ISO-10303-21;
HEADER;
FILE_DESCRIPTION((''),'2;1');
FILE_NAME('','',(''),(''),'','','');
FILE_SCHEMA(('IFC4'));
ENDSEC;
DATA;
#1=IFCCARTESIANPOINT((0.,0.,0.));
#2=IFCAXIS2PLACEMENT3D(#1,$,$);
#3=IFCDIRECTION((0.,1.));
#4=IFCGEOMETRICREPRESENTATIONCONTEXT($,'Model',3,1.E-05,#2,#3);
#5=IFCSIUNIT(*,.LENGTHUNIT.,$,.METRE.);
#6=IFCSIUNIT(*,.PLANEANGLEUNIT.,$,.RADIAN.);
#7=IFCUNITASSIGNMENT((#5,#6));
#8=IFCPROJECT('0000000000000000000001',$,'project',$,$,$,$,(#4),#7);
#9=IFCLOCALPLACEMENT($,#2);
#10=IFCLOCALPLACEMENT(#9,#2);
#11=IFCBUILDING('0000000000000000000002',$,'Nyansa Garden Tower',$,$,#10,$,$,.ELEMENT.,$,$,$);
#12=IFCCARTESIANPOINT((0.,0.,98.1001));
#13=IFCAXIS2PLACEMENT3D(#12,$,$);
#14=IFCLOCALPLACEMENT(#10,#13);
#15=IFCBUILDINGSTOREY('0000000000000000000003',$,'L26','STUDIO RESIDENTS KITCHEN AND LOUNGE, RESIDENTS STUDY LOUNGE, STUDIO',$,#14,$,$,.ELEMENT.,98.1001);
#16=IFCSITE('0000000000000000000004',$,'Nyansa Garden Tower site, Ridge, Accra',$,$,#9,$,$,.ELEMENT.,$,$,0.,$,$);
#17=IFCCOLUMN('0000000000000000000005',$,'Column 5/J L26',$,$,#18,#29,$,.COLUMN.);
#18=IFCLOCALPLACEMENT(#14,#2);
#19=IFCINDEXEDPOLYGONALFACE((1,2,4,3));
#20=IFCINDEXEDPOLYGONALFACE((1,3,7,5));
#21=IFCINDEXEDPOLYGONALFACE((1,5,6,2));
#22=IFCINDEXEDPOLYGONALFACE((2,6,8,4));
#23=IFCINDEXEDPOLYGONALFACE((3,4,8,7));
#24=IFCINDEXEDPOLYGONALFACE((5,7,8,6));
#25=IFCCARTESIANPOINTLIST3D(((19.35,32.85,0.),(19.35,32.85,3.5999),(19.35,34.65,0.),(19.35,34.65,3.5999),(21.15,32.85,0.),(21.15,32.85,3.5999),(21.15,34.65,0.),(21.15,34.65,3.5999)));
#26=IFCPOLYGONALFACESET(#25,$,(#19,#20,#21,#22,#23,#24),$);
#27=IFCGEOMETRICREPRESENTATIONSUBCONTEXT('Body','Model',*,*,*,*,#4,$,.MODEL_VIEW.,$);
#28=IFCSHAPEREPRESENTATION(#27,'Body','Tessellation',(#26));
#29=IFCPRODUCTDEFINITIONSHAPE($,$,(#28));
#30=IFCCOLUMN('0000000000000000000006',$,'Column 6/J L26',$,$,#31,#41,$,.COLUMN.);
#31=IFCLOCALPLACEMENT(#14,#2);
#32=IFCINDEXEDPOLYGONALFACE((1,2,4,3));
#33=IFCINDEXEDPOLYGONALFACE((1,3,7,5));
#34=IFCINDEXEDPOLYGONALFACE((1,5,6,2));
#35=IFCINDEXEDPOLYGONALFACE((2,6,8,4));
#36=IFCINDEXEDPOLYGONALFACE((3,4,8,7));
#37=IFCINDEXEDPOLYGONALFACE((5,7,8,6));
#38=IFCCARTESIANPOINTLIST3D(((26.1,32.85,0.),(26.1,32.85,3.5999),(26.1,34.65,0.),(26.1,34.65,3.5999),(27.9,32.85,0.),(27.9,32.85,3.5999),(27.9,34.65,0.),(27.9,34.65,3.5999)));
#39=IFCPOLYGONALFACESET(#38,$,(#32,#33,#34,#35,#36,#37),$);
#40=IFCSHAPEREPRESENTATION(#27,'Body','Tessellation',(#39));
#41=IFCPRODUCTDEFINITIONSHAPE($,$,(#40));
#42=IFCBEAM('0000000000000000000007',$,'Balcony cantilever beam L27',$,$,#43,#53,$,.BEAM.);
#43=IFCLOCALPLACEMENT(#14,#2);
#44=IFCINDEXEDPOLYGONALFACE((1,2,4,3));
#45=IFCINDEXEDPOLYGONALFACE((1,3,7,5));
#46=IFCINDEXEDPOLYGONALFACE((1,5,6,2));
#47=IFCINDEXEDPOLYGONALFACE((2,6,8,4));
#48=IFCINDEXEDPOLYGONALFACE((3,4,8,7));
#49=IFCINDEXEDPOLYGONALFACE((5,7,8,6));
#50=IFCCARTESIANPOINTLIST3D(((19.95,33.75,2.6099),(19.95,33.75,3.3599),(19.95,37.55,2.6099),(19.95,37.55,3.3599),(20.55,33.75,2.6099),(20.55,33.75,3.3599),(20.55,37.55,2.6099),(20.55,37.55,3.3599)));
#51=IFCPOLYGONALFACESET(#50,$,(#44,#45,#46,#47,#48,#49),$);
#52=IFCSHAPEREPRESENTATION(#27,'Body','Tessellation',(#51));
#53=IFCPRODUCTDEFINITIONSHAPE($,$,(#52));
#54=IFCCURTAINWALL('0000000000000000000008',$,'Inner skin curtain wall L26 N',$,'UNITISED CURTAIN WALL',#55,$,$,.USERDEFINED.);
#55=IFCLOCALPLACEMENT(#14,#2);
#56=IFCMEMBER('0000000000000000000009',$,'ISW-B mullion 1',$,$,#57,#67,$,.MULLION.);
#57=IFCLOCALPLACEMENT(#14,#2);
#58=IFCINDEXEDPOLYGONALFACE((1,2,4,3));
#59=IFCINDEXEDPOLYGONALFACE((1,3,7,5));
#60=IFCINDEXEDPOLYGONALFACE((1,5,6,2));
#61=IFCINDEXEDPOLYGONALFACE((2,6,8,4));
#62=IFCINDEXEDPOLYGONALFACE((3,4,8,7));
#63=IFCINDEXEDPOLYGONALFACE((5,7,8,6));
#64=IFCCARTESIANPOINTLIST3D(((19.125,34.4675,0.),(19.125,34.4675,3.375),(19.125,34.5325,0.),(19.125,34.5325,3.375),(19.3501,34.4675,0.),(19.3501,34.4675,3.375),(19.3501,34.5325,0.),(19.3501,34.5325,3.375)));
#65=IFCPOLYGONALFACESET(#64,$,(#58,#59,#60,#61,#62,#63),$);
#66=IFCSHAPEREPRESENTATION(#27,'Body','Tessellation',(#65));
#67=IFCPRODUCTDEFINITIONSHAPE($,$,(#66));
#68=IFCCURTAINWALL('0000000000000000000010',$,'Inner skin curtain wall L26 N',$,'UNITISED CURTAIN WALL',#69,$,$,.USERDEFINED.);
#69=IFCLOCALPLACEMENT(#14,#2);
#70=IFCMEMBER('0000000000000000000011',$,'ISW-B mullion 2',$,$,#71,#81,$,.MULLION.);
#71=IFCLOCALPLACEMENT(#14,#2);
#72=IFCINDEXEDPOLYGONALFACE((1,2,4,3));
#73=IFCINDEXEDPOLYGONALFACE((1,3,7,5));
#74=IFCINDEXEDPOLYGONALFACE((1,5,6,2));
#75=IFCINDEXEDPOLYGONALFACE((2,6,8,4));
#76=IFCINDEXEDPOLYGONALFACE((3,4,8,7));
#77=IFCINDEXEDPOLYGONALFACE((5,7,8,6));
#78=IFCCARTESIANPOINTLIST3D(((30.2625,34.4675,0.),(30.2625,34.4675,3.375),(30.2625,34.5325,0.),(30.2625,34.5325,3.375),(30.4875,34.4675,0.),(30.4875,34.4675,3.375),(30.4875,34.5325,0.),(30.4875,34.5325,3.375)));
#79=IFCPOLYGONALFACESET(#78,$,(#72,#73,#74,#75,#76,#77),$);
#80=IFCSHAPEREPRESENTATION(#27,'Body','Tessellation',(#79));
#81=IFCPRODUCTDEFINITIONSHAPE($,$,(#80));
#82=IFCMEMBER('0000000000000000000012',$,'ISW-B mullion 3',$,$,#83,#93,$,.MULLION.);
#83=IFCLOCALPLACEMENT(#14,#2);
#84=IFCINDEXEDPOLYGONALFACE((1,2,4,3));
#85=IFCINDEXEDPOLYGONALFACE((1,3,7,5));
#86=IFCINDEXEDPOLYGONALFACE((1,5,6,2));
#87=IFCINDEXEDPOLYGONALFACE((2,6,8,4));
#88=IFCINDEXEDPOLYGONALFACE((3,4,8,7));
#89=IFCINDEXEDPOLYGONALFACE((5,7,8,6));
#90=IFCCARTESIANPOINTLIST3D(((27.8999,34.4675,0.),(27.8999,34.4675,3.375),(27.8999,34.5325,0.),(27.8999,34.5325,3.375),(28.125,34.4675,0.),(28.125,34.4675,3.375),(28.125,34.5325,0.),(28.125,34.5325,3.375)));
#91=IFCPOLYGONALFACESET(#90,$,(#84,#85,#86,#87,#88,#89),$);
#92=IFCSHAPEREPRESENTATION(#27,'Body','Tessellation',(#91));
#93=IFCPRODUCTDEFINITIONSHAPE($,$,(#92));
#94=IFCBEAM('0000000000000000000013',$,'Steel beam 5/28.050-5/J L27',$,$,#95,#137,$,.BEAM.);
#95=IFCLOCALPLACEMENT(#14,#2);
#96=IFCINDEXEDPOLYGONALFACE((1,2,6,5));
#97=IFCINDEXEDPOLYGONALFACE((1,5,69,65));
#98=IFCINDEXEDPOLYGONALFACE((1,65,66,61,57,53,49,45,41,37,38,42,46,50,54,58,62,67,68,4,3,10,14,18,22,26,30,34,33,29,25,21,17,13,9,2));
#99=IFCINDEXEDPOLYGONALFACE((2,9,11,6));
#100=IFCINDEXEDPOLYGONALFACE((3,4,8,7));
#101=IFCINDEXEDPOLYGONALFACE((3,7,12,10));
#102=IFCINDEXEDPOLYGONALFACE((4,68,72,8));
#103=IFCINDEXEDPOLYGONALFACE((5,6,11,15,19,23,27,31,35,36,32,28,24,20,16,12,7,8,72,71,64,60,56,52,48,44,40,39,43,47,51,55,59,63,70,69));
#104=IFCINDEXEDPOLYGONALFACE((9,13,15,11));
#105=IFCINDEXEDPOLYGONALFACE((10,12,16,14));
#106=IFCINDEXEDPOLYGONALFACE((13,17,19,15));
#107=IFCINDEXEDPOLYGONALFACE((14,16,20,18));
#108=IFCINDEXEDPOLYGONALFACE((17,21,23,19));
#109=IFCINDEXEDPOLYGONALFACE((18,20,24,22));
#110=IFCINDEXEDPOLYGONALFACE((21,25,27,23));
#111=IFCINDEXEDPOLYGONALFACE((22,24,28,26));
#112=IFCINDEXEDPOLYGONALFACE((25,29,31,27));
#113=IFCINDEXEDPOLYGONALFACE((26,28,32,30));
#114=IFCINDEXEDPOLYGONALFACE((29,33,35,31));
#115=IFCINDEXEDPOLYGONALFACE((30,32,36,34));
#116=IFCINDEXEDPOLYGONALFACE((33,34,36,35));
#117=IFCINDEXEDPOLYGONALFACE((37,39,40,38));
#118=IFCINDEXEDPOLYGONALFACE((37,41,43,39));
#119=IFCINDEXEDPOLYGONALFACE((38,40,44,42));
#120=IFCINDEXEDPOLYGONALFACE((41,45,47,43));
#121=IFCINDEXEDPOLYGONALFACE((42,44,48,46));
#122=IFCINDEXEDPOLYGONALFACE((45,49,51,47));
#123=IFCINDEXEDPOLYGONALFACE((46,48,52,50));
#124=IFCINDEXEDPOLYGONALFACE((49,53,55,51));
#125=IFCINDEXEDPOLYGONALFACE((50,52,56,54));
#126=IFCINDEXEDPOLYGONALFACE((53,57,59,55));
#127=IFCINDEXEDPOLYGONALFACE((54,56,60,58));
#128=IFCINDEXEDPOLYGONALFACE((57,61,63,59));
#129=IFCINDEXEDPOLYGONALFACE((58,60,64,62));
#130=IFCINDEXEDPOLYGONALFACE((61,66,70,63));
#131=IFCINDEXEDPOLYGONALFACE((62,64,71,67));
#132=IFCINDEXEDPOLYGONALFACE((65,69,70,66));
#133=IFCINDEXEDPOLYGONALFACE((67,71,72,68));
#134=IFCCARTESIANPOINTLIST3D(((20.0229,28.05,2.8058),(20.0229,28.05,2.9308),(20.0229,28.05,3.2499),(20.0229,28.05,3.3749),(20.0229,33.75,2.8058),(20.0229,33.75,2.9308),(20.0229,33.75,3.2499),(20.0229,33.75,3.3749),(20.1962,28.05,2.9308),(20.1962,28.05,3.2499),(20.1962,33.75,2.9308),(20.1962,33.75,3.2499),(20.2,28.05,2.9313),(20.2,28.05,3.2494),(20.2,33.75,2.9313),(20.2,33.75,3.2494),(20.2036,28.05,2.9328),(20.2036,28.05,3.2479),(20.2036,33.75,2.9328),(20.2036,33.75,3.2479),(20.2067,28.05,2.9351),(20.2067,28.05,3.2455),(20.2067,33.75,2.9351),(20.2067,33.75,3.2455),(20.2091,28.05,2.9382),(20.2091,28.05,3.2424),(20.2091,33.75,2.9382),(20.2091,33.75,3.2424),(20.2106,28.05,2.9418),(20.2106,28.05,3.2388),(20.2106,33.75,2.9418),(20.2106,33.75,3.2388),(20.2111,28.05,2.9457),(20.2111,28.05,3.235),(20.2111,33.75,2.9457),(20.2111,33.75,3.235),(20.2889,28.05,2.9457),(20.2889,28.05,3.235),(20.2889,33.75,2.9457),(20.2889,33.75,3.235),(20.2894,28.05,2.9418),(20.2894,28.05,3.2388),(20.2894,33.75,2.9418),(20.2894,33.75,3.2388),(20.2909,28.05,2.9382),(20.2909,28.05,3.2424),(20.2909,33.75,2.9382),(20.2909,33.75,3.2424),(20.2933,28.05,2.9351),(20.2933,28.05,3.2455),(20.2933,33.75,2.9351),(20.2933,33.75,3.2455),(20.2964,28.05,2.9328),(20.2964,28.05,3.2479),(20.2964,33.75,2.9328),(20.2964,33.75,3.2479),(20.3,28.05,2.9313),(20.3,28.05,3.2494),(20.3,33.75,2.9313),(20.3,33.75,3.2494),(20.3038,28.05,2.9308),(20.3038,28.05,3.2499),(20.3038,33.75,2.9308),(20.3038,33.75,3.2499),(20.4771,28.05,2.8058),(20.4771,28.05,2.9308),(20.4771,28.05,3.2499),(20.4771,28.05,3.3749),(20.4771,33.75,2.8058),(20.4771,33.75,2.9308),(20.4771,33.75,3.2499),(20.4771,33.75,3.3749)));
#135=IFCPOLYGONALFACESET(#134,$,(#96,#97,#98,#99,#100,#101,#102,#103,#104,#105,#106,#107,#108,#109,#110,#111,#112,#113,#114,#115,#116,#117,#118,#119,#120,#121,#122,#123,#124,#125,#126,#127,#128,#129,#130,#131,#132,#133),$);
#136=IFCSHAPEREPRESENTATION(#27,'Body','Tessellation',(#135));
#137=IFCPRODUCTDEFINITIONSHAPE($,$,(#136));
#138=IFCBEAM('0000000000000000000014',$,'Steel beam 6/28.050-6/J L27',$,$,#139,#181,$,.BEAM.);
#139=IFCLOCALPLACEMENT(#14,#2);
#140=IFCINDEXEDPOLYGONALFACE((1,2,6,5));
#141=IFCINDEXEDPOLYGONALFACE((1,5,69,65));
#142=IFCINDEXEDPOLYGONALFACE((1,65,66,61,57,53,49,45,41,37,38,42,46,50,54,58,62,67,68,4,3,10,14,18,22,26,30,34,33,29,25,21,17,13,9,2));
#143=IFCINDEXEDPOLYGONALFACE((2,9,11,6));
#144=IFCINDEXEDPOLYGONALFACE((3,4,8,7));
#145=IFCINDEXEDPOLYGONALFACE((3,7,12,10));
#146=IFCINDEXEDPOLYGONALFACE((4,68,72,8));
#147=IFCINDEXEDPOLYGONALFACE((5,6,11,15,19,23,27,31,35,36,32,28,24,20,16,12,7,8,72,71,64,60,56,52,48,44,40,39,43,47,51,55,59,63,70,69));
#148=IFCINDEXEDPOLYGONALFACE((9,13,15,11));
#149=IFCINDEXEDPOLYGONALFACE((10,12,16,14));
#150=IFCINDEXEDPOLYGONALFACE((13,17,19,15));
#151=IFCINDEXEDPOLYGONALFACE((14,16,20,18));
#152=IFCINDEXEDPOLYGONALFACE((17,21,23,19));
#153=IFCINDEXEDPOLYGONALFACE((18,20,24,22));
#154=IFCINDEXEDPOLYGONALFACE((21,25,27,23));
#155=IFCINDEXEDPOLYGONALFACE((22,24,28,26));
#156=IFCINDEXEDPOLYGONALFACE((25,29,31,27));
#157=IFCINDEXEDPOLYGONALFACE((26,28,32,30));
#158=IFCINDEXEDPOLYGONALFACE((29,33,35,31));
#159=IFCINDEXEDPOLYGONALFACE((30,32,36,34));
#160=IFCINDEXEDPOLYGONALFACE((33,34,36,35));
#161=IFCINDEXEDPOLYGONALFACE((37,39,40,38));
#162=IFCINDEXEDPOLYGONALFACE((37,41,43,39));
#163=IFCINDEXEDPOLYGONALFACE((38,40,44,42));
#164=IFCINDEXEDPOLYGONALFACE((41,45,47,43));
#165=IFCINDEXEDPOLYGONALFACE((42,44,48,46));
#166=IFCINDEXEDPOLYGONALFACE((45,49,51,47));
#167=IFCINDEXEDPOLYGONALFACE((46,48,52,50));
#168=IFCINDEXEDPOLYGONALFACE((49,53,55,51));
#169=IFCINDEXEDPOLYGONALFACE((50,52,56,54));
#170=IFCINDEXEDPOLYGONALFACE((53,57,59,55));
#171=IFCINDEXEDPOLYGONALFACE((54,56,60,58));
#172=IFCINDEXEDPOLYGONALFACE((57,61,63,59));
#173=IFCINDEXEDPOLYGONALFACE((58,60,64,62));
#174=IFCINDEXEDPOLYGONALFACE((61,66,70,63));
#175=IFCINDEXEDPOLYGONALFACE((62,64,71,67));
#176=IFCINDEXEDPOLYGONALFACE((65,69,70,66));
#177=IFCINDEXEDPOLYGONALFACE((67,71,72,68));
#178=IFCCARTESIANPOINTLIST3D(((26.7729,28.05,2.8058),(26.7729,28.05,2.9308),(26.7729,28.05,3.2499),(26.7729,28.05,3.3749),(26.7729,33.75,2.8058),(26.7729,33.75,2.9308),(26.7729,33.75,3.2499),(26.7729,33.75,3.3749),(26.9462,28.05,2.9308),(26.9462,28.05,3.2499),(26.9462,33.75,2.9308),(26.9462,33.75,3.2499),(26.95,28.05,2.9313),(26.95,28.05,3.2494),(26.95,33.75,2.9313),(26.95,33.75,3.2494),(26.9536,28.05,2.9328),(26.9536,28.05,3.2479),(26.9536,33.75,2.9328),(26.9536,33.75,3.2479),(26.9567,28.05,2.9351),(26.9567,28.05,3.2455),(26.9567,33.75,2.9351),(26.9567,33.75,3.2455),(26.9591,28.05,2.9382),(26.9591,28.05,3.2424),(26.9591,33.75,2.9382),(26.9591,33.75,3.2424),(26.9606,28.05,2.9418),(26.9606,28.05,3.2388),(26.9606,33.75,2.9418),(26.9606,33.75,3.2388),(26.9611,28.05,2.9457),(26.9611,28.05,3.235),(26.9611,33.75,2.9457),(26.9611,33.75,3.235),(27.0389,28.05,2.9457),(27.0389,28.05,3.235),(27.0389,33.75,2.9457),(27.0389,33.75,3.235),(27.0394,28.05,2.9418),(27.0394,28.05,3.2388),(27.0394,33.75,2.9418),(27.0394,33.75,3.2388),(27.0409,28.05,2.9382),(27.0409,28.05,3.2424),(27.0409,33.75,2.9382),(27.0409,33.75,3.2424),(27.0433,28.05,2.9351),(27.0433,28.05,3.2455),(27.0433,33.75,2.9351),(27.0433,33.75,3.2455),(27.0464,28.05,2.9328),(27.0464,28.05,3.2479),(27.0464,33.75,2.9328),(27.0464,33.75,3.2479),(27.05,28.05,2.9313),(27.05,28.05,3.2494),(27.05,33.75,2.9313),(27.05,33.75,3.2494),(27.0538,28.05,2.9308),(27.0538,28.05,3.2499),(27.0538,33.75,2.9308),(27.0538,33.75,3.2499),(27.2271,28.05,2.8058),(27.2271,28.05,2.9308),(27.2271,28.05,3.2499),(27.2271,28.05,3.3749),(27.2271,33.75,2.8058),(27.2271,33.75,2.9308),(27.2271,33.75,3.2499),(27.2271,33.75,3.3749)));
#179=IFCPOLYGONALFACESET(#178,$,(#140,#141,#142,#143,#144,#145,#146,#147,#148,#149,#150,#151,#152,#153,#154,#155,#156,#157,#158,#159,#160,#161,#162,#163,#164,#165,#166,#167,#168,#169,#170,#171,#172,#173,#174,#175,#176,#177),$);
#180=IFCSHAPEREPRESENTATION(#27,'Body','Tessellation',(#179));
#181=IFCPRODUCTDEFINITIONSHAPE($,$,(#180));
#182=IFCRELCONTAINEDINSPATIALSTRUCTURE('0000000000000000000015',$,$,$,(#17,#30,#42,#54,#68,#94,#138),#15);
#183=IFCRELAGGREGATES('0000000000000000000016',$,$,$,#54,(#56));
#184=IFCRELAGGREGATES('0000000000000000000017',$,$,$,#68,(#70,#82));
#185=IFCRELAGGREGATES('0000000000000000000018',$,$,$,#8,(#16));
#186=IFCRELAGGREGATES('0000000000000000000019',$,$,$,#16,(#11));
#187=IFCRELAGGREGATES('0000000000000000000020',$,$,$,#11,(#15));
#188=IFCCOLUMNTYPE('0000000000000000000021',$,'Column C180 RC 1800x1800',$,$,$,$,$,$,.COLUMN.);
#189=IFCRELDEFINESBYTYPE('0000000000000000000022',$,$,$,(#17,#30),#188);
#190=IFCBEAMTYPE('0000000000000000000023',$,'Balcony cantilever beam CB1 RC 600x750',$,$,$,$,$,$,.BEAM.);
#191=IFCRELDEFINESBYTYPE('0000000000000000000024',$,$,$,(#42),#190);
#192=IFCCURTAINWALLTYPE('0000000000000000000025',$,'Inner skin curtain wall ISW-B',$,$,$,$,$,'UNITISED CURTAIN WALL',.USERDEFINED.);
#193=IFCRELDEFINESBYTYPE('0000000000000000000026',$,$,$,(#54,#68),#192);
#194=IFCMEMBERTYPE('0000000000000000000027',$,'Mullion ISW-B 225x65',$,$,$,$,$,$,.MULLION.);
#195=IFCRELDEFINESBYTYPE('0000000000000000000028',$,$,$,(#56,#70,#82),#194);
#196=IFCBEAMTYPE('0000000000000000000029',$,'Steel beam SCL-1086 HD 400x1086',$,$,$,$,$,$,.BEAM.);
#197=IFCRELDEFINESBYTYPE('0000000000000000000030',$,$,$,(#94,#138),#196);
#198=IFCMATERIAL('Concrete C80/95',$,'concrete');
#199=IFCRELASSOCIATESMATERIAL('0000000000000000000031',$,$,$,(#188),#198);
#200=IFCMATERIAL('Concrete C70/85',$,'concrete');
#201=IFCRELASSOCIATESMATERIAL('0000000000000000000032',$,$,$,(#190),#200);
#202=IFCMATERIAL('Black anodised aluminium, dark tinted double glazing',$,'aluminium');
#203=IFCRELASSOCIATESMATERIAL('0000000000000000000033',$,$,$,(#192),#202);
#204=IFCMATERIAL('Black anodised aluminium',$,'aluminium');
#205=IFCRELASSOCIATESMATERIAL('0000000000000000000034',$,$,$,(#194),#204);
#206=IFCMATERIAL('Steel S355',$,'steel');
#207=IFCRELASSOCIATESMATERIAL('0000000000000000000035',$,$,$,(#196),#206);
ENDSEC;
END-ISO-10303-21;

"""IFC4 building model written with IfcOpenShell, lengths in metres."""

from ifc_helpers import new_model, si_unit, direction, frame, origin, origin_2d, place, context, subcontext, project, spatial, rectangle, i_section, extrude, material, material_profile, profile_set, type_object, element, aggregate, save


model = new_model("IFC4")

# Units and contexts
model_context = context("Model", 3, precision=1e-05, world=origin(), true_north=direction((0.0, 1.0)))
body_context = subcontext(model_context, "Body", "Model", "MODEL_VIEW")
ifc_project = project(units=[si_unit("LENGTHUNIT", "METRE"), si_unit("PLANEANGLEUNIT", "RADIAN")], contexts=[model_context])

# Site, building, storey
site_placement = place(None, origin())
site = spatial("IfcSite", under=ifc_project, at=site_placement, Name="Nyansa Garden Tower site, Ridge, Accra", CompositionType="ELEMENT", RefElevation=0.0)
building_placement = place(site_placement, origin())
building = spatial("IfcBuilding", under=site, at=building_placement, Name="Nyansa Garden Tower", CompositionType="ELEMENT")
storey_placement = place(building_placement, frame((0.0, 0.0, 98.1001)))
storey = spatial("IfcBuildingStorey", under=building, at=storey_placement, Name="L26", Description="STUDIO RESIDENTS KITCHEN AND LOUNGE, RESIDENTS STUDY LOUNGE, STUDIO", CompositionType="ELEMENT", Elevation=98.1001)

# Columns
ifc_material_1 = material(Name="Concrete C80/95", Category="concrete")
ifc_material_profile_1 = material_profile(ifc_material_1, rectangle(XDim=1.8, YDim=1.8, at=origin_2d()), Name="RC 1800x1800")
ifc_profile_set_1 = profile_set([ifc_material_profile_1], Name="Concrete C80/95")
column_type = type_object("IfcColumnType", Name="Column C180 RC 1800x1800", PredefinedType="COLUMN", material=ifc_profile_set_1)
for number, where, z_axis, x_axis, name in (
    (1, (20.25, 33.75, 0.0), (0.0, 0.0, 1.0), (1.0, 0.0, 0.0), "Column 5/J L26"),
    (2, (27.0, 33.75, 0.0), (0.0, 0.0, 1.0), (1.0, 0.0, 0.0), "Column 6/J L26"),
):
    element("IfcColumn", number, at=place(storey_placement, frame(where, z_axis=z_axis, x_axis=x_axis)), inside=storey, type_object=column_type, Name=name, PredefinedType="COLUMN", context=body_context, shape_type="SweptSolid", body=[
        extrude(rectangle(XDim=1.8, YDim=1.8, at=origin_2d()), origin(), (0.0, 0.0, 1.0), 3.5999),
    ])

# Beam
ifc_material_2 = material(Name="Concrete C70/85", Category="concrete")
ifc_material_profile_2 = material_profile(ifc_material_2, rectangle(XDim=0.6001, YDim=0.75, at=origin_2d()), Name="RC 600x750")
ifc_profile_set_2 = profile_set([ifc_material_profile_2], Name="Concrete C70/85")
beam_type_1 = type_object("IfcBeamType", Name="Balcony cantilever beam CB1 RC 600x750", PredefinedType="BEAM", material=ifc_profile_set_2)
beam_placement = place(storey_placement, frame((20.25, 33.75, 2.9849), z_axis=(0.0, 1.0, 0.0), x_axis=(-1.0, 0.0, 0.0)))
element("IfcBeam", 3, at=beam_placement, inside=storey, type_object=beam_type_1, Name="Balcony cantilever beam L27", PredefinedType="BEAM", context=body_context, shape_type="SweptSolid", body=[
    extrude(rectangle(XDim=0.6001, YDim=0.75, at=origin_2d()), origin(), (0.0, 0.0, 1.0), 3.8),
])

# Curtain wall, member
ifc_material_3 = material(Name="Black anodised aluminium, dark tinted double glazing", Category="aluminium")
curtain_wall_type = type_object("IfcCurtainWallType", Name="Inner skin curtain wall ISW-B", ElementType="UNITISED CURTAIN WALL", PredefinedType="USERDEFINED", material=ifc_material_3)
curtain_wall_1_placement = place(storey_placement, origin())
curtain_wall_1 = element("IfcCurtainWall", 4, at=curtain_wall_1_placement, inside=storey, type_object=curtain_wall_type, Name="Inner skin curtain wall L26 N", ObjectType="UNITISED CURTAIN WALL", PredefinedType="USERDEFINED")
ifc_material_4 = material(Name="Black anodised aluminium", Category="aluminium")
ifc_material_profile_3 = material_profile(ifc_material_4, rectangle(XDim=0.0649, YDim=0.2251, at=origin_2d()), Name="Mullion 225x65")
ifc_profile_set_3 = profile_set([ifc_material_profile_3], Name="Black anodised aluminium")
member_type_1 = type_object("IfcMemberType", Name="Mullion ISW-B 225x65", PredefinedType="MULLION", material=ifc_profile_set_3)
member_1_placement = place(storey_placement, frame((19.2375, 34.5, 0.0), z_axis=(0.0, 0.0, 1.0), x_axis=(0.0, -1.0, 0.0)))
member_1 = element("IfcMember", 5, at=member_1_placement, type_object=member_type_1, Name="ISW-B mullion 1", PredefinedType="MULLION", context=body_context, shape_type="SweptSolid", body=[
    extrude(rectangle(XDim=0.0649, YDim=0.2251, at=origin_2d()), origin(), (0.0, 0.0, 1.0), 3.375),
])

# Curtain wall, members
curtain_wall_2_placement = place(storey_placement, origin())
curtain_wall_2 = element("IfcCurtainWall", 6, at=curtain_wall_2_placement, inside=storey, type_object=curtain_wall_type, Name="Inner skin curtain wall L26 N", ObjectType="UNITISED CURTAIN WALL", PredefinedType="USERDEFINED")
member_2_placement = place(storey_placement, frame((30.375, 34.5, 0.0), z_axis=(0.0, 0.0, 1.0), x_axis=(0.0, -1.0, 0.0)))
member_2 = element("IfcMember", 7, at=member_2_placement, type_object=member_type_1, Name="ISW-B mullion 2", PredefinedType="MULLION", context=body_context, shape_type="SweptSolid", body=[
    extrude(rectangle(XDim=0.0649, YDim=0.2251, at=origin_2d()), origin(), (0.0, 0.0, 1.0), 3.375),
])
member_3_placement = place(storey_placement, frame((28.0125, 34.5, 0.0), z_axis=(0.0, 0.0, 1.0), x_axis=(0.0, -1.0, 0.0)))
member_3 = element("IfcMember", 8, at=member_3_placement, type_object=member_type_1, Name="ISW-B mullion 3", PredefinedType="MULLION", context=body_context, shape_type="SweptSolid", body=[
    extrude(rectangle(XDim=0.0649, YDim=0.2251, at=origin_2d()), origin(), (0.0, 0.0, 1.0), 3.375),
])

# Beams
ifc_material_5 = material(Name="Steel S355", Category="steel")
ifc_material_profile_4 = material_profile(ifc_material_5, i_section(OverallWidth=0.4541, OverallDepth=0.5691, WebThickness=0.0779, FlangeThickness=0.125, FilletRadius=0.0149, at=origin_2d()), Name="HD 400x1086")
ifc_profile_set_4 = profile_set([ifc_material_profile_4], Name="Steel S355")
beam_type_2 = type_object("IfcBeamType", Name="Steel beam SCL-1086 HD 400x1086", PredefinedType="BEAM", material=ifc_profile_set_4)
for number, where, z_axis, x_axis, name in (
    (9, (20.25, 28.05, 3.0903), (0.0, 1.0, 0.0), (-1.0, 0.0, 0.0), "Steel beam 5/28.050-5/J L27"),
    (10, (27.0, 28.05, 3.0903), (0.0, 1.0, 0.0), (-1.0, 0.0, 0.0), "Steel beam 6/28.050-6/J L27"),
):
    element("IfcBeam", number, at=place(storey_placement, frame(where, z_axis=z_axis, x_axis=x_axis)), inside=storey, type_object=beam_type_2, Name=name, PredefinedType="BEAM", context=body_context, shape_type="SweptSolid", body=[
        extrude(i_section(OverallWidth=0.4541, OverallDepth=0.5691, WebThickness=0.0779, FlangeThickness=0.125, FilletRadius=0.0149, at=origin_2d()), origin(), (0.0, 0.0, 1.0), 5.7),
    ])

aggregate(curtain_wall_1, [member_1])

aggregate(curtain_wall_2, [member_2, member_3])

save(model, "model.ifc")
